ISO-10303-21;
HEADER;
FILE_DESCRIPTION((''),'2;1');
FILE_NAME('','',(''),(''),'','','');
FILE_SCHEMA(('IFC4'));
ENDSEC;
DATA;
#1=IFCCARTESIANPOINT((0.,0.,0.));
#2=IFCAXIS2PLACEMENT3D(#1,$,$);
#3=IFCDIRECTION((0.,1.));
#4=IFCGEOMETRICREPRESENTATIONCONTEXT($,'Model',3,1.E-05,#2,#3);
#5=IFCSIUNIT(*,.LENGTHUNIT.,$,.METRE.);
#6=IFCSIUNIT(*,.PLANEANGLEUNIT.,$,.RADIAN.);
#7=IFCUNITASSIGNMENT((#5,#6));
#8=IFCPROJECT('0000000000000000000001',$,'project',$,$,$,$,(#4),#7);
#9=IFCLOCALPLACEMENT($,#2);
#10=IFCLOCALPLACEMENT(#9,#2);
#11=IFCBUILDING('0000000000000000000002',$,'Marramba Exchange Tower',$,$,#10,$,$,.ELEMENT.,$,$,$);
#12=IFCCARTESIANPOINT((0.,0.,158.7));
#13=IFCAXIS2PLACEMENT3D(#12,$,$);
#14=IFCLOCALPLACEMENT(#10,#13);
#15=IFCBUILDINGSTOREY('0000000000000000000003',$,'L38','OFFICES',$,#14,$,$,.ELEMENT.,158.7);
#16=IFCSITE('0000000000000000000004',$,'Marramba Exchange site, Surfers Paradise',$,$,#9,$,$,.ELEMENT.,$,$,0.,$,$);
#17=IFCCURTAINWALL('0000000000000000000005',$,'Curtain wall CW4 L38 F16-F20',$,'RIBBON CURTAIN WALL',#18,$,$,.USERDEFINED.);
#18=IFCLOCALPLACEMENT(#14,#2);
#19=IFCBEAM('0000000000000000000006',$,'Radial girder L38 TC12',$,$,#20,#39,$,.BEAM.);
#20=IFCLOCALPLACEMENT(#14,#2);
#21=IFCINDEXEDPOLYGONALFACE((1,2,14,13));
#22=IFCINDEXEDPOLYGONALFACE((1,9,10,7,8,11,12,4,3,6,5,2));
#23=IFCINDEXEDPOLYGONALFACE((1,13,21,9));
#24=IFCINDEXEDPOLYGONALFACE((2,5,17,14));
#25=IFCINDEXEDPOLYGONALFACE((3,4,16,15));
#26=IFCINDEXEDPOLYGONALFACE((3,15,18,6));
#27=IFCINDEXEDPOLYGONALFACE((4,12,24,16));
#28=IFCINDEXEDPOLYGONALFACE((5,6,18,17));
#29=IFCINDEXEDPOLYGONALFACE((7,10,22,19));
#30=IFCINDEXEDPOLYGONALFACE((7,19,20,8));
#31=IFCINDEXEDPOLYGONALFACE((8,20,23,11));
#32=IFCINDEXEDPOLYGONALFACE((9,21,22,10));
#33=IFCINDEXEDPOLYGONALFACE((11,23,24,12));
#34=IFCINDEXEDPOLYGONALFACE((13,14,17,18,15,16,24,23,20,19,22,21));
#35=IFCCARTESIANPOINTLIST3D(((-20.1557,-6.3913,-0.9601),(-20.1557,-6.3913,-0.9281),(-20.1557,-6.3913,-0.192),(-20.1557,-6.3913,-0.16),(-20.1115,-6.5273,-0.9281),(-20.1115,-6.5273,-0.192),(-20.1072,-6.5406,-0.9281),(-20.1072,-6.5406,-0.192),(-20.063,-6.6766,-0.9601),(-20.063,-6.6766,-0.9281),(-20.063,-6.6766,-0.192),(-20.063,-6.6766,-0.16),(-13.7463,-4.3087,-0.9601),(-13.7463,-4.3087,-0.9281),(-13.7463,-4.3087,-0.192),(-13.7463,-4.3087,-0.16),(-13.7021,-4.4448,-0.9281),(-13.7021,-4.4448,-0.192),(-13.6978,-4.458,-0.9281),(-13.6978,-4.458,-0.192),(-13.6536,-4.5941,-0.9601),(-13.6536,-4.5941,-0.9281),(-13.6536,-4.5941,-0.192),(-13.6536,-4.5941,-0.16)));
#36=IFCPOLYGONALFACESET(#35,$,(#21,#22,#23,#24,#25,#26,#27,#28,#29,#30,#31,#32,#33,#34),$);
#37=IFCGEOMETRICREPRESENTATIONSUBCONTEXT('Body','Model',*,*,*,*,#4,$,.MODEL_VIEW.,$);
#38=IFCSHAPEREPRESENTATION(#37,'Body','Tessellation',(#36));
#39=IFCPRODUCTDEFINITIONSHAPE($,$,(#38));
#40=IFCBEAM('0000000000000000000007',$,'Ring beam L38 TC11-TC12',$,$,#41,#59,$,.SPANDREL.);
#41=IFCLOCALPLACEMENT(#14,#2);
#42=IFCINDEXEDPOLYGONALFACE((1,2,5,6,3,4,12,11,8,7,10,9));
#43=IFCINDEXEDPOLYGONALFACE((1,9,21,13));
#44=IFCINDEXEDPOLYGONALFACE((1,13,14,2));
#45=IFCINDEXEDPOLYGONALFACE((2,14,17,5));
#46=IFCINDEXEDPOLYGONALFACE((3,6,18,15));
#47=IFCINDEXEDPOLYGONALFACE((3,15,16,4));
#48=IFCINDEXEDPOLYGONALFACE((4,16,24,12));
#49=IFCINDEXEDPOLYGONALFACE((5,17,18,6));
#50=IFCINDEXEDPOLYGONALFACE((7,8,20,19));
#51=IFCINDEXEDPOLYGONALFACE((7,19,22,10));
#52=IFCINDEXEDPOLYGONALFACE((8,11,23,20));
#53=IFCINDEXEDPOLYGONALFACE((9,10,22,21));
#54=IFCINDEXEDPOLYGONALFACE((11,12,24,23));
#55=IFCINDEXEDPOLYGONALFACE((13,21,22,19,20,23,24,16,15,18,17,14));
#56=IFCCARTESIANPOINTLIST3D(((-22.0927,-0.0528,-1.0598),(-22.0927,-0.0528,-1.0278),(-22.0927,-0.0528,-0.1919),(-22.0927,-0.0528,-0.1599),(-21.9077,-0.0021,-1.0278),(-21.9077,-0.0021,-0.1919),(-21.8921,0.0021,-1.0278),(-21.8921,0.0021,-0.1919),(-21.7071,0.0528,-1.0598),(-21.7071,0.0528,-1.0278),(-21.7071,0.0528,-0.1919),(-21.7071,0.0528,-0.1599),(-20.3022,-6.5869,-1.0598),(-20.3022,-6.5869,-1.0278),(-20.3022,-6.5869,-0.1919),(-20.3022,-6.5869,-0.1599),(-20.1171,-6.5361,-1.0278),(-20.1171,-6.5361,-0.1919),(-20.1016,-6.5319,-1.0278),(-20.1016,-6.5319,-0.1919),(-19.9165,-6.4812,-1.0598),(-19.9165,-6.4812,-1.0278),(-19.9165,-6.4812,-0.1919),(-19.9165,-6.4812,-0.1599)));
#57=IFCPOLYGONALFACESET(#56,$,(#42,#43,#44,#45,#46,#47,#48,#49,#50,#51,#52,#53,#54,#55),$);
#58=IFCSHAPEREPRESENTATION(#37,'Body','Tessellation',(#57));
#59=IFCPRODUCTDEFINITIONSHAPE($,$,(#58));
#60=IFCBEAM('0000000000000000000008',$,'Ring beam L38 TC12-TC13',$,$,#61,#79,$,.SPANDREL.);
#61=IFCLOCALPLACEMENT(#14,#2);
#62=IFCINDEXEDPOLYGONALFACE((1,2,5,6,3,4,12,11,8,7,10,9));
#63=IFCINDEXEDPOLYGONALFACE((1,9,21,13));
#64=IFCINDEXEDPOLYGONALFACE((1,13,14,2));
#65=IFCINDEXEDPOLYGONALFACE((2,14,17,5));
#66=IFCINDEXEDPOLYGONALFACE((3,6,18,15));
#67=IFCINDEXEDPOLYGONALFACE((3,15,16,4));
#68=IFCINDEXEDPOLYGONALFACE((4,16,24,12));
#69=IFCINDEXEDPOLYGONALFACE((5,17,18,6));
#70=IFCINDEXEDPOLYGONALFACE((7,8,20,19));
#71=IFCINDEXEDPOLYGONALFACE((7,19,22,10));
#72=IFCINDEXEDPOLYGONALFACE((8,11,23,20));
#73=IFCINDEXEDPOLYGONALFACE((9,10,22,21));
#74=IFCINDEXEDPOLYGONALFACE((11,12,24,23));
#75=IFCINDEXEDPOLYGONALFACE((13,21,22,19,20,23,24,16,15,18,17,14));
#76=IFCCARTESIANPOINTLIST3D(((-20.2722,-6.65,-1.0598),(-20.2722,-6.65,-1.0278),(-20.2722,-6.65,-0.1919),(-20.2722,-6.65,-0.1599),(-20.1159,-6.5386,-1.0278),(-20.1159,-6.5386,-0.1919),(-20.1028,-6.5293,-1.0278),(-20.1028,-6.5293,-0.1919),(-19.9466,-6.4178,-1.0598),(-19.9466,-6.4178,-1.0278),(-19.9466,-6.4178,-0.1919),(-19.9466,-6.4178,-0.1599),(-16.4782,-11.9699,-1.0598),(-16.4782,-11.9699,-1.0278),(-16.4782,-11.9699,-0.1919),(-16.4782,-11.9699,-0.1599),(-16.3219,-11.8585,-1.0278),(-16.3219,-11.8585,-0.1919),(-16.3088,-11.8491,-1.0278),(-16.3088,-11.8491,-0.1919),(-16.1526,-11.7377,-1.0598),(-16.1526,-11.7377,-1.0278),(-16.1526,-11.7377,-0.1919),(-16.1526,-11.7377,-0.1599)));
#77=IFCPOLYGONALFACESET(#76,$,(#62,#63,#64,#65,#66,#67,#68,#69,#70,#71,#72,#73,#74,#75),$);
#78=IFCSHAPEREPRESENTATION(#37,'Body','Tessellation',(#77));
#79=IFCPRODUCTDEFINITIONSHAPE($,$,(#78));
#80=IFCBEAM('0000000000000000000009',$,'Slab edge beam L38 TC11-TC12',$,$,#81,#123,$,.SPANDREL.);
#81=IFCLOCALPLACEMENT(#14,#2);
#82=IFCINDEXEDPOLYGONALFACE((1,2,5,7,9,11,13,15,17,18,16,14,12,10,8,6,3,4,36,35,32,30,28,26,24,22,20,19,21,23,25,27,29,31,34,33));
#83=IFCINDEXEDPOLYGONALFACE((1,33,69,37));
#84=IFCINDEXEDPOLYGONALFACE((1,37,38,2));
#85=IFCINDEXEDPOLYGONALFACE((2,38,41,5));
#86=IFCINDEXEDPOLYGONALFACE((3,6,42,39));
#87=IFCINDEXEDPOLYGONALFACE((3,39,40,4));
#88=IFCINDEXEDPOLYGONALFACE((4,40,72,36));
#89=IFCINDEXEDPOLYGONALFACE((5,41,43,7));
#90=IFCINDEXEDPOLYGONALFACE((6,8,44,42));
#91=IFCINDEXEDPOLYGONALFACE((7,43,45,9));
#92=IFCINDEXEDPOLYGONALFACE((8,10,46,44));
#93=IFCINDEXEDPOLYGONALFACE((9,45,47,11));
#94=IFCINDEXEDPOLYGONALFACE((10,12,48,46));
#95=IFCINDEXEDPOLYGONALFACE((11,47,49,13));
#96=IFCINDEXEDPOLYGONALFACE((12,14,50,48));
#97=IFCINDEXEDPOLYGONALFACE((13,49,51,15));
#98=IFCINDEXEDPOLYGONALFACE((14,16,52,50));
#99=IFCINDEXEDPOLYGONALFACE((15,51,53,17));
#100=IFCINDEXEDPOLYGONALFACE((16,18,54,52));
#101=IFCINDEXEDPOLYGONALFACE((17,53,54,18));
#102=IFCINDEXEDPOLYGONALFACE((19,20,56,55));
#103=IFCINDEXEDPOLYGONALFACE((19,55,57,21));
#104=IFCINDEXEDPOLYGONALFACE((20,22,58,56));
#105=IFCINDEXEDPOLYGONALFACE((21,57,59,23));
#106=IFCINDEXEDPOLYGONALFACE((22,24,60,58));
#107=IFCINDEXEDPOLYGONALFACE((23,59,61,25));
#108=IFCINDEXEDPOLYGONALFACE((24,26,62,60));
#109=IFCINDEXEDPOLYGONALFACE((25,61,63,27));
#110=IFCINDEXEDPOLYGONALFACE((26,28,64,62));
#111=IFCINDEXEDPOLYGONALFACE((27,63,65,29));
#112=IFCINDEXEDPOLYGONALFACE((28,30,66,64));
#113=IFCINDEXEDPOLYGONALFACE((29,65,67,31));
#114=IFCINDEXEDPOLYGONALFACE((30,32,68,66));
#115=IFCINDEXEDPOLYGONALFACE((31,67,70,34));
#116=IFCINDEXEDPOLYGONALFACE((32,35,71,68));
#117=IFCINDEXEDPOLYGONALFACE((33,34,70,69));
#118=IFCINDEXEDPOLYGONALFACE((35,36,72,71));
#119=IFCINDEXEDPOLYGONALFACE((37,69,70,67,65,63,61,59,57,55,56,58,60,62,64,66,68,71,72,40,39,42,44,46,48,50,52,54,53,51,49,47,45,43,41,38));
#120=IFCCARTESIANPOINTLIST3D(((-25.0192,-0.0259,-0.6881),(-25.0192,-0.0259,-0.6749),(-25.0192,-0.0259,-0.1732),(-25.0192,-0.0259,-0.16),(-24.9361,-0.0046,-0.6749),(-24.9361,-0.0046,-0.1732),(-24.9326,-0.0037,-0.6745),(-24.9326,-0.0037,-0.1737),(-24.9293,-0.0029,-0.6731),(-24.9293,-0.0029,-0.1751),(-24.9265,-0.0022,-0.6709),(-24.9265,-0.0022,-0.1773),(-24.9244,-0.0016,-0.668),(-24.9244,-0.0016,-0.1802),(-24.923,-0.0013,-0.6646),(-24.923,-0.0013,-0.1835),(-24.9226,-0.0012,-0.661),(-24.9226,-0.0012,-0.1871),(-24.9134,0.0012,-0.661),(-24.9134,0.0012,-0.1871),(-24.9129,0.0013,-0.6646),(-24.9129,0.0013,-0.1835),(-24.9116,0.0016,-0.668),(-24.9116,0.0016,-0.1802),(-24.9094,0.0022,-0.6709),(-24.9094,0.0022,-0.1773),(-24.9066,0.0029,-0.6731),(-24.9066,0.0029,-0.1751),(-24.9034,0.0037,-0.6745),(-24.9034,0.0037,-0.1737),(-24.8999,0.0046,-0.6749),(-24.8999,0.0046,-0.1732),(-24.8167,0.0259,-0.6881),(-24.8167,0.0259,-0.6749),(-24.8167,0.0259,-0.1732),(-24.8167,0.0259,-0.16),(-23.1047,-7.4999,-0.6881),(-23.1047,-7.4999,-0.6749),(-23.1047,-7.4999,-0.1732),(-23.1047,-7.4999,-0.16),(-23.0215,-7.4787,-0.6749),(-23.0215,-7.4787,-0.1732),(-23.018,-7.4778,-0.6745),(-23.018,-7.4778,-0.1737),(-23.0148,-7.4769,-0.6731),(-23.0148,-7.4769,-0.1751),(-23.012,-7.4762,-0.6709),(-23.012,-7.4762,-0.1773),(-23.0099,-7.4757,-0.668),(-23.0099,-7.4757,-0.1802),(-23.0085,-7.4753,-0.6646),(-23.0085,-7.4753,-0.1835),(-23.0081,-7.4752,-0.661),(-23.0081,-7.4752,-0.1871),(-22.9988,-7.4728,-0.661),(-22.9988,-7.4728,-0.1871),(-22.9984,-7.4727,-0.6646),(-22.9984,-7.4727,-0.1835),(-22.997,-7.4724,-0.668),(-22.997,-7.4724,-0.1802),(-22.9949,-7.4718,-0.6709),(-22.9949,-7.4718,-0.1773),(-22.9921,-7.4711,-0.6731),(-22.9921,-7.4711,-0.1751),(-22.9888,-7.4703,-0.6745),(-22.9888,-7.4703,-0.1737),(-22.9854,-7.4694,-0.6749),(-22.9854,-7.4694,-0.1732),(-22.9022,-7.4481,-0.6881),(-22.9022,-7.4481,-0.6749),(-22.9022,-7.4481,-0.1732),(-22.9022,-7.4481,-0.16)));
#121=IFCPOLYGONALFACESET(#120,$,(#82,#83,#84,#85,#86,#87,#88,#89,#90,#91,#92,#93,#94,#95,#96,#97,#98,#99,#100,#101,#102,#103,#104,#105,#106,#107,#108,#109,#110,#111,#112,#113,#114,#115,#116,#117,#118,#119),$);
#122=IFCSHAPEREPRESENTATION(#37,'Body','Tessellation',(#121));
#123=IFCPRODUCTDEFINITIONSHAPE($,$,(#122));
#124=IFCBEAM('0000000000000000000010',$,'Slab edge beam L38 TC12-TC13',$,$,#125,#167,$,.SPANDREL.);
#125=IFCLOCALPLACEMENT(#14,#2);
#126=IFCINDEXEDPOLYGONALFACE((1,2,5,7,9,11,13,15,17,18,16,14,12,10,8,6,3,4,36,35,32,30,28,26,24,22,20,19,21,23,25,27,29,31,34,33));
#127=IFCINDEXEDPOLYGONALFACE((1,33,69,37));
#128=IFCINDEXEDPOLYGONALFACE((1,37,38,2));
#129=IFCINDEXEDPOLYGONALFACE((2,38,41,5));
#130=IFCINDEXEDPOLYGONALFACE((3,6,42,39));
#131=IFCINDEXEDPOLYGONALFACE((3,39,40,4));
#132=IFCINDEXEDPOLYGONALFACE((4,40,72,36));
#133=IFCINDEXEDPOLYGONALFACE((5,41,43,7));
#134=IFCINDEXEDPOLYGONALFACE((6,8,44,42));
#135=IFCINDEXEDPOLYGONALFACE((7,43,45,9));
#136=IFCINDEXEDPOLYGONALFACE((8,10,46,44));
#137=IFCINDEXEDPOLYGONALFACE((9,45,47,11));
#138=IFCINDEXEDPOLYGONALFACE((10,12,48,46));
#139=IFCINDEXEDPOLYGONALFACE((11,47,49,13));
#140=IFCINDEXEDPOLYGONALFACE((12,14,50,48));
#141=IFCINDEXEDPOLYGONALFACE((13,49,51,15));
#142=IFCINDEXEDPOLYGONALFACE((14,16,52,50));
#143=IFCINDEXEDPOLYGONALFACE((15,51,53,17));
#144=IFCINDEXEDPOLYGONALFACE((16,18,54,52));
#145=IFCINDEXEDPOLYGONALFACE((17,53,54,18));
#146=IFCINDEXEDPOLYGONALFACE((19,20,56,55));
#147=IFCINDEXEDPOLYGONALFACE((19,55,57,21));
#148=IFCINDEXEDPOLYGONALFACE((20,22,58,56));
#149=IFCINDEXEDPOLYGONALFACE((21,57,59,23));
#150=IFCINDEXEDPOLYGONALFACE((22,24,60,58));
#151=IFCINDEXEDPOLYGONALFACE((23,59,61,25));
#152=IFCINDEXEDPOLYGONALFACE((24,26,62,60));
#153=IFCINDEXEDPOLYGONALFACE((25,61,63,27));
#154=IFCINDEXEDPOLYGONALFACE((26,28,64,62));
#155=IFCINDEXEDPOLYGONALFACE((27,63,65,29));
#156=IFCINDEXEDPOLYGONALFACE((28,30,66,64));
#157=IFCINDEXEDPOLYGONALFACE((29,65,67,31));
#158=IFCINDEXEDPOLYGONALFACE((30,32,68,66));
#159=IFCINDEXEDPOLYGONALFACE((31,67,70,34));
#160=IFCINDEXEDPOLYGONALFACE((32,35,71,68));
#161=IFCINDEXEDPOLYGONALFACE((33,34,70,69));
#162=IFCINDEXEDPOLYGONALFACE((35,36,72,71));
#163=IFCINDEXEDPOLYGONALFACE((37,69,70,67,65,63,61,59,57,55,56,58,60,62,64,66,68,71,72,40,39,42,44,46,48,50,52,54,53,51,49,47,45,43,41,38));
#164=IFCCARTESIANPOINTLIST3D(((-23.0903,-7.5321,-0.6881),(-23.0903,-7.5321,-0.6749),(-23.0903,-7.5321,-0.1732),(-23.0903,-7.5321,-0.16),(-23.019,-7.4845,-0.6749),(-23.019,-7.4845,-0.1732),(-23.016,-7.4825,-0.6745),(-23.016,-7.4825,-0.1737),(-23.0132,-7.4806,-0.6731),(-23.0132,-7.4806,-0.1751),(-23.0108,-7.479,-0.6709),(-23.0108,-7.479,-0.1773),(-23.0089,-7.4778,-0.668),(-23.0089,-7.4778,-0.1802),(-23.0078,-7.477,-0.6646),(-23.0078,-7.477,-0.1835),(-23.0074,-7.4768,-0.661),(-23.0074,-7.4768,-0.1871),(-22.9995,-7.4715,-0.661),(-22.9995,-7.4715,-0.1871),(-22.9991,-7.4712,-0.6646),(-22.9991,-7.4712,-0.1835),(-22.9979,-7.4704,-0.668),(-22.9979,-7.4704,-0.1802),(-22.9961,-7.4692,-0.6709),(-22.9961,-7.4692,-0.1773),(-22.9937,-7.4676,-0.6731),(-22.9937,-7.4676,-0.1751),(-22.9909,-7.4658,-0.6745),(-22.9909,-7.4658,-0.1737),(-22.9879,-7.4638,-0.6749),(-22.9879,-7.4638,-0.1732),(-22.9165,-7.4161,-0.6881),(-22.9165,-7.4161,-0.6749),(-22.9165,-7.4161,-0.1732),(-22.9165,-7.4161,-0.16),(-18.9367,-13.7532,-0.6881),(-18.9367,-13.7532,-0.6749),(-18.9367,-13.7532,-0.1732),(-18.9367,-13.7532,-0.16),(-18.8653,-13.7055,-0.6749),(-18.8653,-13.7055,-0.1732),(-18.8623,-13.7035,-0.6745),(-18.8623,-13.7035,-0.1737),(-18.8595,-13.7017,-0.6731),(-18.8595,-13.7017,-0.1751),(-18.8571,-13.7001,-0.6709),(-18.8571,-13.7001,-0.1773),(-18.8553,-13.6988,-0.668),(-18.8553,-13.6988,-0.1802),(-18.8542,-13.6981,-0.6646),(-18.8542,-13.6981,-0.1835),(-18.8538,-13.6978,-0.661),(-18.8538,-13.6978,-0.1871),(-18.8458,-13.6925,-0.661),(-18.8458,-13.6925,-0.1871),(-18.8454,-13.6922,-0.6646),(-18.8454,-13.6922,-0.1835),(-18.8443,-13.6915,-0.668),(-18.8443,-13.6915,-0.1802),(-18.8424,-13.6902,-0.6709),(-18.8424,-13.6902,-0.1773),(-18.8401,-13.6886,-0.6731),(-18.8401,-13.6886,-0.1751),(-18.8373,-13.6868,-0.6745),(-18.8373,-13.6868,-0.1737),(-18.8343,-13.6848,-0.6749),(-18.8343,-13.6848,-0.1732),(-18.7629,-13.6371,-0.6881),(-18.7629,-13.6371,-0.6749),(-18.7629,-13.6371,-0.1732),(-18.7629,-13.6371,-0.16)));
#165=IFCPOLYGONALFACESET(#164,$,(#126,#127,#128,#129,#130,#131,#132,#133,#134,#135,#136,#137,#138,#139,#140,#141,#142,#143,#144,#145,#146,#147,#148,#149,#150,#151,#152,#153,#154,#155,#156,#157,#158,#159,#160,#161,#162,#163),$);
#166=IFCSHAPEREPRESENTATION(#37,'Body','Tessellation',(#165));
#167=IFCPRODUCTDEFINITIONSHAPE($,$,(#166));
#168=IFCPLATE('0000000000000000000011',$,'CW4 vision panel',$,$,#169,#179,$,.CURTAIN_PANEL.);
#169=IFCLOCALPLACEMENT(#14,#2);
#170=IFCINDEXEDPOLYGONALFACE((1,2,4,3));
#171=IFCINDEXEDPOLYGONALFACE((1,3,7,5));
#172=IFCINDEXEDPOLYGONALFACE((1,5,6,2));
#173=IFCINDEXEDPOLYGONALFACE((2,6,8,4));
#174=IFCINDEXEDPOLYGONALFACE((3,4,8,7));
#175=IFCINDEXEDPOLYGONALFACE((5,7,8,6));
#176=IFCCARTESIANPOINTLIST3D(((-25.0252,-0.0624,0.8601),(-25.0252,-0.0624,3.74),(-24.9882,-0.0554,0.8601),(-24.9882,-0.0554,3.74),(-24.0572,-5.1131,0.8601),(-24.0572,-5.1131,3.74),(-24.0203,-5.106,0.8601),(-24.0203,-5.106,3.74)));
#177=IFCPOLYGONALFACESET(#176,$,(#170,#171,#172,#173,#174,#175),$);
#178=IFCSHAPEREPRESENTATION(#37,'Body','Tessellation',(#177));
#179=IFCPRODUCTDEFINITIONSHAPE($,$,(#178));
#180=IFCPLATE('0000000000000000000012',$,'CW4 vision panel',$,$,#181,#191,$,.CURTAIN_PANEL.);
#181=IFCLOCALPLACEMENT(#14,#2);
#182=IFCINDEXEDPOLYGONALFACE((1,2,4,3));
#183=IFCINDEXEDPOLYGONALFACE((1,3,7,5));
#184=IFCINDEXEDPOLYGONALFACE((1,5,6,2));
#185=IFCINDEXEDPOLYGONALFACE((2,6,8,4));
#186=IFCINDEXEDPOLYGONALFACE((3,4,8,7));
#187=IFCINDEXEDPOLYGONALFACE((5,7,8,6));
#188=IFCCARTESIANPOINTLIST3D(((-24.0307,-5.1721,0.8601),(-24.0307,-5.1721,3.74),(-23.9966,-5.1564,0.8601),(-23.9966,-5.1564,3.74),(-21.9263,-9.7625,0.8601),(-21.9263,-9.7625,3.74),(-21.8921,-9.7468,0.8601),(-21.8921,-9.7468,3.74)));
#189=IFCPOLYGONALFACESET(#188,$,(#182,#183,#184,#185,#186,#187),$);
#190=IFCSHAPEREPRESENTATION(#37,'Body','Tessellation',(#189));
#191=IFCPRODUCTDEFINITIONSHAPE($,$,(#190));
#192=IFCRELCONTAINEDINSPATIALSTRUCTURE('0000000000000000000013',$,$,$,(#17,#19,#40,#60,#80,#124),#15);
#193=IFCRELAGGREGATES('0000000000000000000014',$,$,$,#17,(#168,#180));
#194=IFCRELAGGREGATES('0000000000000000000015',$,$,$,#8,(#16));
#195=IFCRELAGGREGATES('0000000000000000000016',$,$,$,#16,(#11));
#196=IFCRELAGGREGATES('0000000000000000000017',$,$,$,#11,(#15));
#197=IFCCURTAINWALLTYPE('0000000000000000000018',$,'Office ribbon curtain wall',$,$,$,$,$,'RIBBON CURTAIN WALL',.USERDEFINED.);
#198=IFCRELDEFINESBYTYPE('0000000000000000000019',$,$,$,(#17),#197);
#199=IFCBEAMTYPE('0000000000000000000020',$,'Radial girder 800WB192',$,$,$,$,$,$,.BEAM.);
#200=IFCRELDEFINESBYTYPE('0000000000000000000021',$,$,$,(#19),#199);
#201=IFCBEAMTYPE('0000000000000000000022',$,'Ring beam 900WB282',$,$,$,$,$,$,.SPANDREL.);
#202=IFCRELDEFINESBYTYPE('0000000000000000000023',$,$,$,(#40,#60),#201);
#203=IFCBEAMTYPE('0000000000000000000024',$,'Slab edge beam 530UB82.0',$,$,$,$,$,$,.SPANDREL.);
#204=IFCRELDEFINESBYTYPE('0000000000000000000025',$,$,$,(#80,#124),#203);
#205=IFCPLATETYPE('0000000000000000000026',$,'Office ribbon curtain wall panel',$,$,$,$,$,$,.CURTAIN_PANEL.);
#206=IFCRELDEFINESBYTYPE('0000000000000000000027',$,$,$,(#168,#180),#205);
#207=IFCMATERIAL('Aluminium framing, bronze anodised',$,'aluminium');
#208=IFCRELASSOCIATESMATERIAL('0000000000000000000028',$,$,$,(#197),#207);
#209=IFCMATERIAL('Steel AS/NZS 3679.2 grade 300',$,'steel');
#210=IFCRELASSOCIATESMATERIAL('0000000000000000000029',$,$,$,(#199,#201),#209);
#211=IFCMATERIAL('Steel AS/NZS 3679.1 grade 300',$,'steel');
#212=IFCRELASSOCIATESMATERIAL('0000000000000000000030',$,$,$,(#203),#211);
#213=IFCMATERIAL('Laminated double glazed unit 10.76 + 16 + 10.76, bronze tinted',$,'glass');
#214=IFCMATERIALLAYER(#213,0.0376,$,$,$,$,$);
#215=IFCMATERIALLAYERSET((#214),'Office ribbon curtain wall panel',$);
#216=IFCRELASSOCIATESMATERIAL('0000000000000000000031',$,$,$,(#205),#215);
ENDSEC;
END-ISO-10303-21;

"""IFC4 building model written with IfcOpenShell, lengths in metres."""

from ifc_helpers import new_model, si_unit, direction, frame, origin, origin_2d, place, context, subcontext, project, spatial, rectangle, i_section, extrude, material, layer, layer_set, material_profile, profile_set, type_object, element, aggregate, save


model = new_model("IFC4")

# Units and contexts
model_context = context("Model", 3, precision=1e-05, world=origin(), true_north=direction((0.0, 1.0)))
body_context = subcontext(model_context, "Body", "Model", "MODEL_VIEW")
ifc_project = project(units=[si_unit("LENGTHUNIT", "METRE"), si_unit("PLANEANGLEUNIT", "RADIAN")], contexts=[model_context])

# Site, building, storey
site_placement = place(None, origin())
site = spatial("IfcSite", under=ifc_project, at=site_placement, Name="Marramba Exchange site, Surfers Paradise", CompositionType="ELEMENT", RefElevation=0.0)
building_placement = place(site_placement, origin())
building = spatial("IfcBuilding", under=site, at=building_placement, Name="Marramba Exchange Tower", CompositionType="ELEMENT")
storey_placement = place(building_placement, frame((0.0, 0.0, 158.7)))
storey = spatial("IfcBuildingStorey", under=building, at=storey_placement, Name="L38", Description="OFFICES", CompositionType="ELEMENT", Elevation=158.7)

# Shared definitions
ifc_material_1 = material(Name="Steel AS/NZS 3679.2 grade 300", Category="steel")
ifc_material_2 = material(Name="Steel AS/NZS 3679.1 grade 300", Category="steel")

# Curtain wall
ifc_material_3 = material(Name="Aluminium framing, bronze anodised", Category="aluminium")
curtain_wall_type = type_object("IfcCurtainWallType", Name="Office ribbon curtain wall", ElementType="RIBBON CURTAIN WALL", PredefinedType="USERDEFINED", material=ifc_material_3)
curtain_wall_placement = place(storey_placement, origin())
curtain_wall = element("IfcCurtainWall", 1, at=curtain_wall_placement, inside=storey, type_object=curtain_wall_type, Name="Curtain wall CW4 L38 F16-F20", ObjectType="RIBBON CURTAIN WALL", PredefinedType="USERDEFINED")

# Beams
ifc_material_profile_1 = material_profile(ifc_material_1, i_section(OverallWidth=0.3, OverallDepth=0.8, WebThickness=0.0139, FlangeThickness=0.032, at=origin_2d()), Name="800WB192")
ifc_profile_set_1 = profile_set([ifc_material_profile_1], Name="Steel AS/NZS 3679.2 grade 300")
beam_type_1 = type_object("IfcBeamType", Name="Radial girder 800WB192", PredefinedType="BEAM", material=ifc_profile_set_1)
beam_1_placement = place(storey_placement, frame((-13.7, -4.4514, -0.5601), z_axis=(-0.951058, -0.309013, 0.0), x_axis=(0.309013, -0.951058, 0.0)))
element("IfcBeam", 2, at=beam_1_placement, inside=storey, type_object=beam_type_1, Name="Radial girder L38 TC12", PredefinedType="BEAM", context=body_context, shape_type="SweptSolid", body=[
    extrude(i_section(OverallWidth=0.3, OverallDepth=0.8, WebThickness=0.0139, FlangeThickness=0.032, at=origin_2d()), origin(), (0.0, 0.0, 1.0), 6.7393),
])
ifc_material_profile_2 = material_profile(ifc_material_1, i_section(OverallWidth=0.3999, OverallDepth=0.8999, WebThickness=0.0161, FlangeThickness=0.032, at=origin_2d()), Name="900WB282")
ifc_profile_set_2 = profile_set([ifc_material_profile_2], Name="Steel AS/NZS 3679.2 grade 300")
beam_type_2 = type_object("IfcBeamType", Name="Ring beam 900WB282", PredefinedType="SPANDREL", material=ifc_profile_set_2)
beam_2_placement = place(storey_placement, frame((-21.8999, 0.0, -0.6099), z_axis=(0.264291, -0.964443, 0.0), x_axis=(0.964443, 0.264291, 0.0)))
element("IfcBeam", 3, at=beam_2_placement, inside=storey, type_object=beam_type_2, Name="Ring beam L38 TC11-TC12", PredefinedType="SPANDREL", context=body_context, shape_type="SweptSolid", body=[
    extrude(i_section(OverallWidth=0.3999, OverallDepth=0.8999, WebThickness=0.0161, FlangeThickness=0.032, at=origin_2d()), origin(), (0.0, 0.0, 1.0), 6.7749),
])
beam_3_placement = place(storey_placement, frame((-20.1094, -6.5339, -0.6099), z_axis=(0.580637, -0.814162, 0.0), x_axis=(0.814162, 0.580637, 0.0)))
element("IfcBeam", 4, at=beam_3_placement, inside=storey, type_object=beam_type_2, Name="Ring beam L38 TC12-TC13", PredefinedType="SPANDREL", context=body_context, shape_type="SweptSolid", body=[
    extrude(i_section(OverallWidth=0.3999, OverallDepth=0.8999, WebThickness=0.0161, FlangeThickness=0.032, at=origin_2d()), origin(), (0.0, 0.0, 1.0), 6.5342),
])
ifc_material_profile_3 = material_profile(ifc_material_2, i_section(OverallWidth=0.209, OverallDepth=0.5281, WebThickness=0.0095, FlangeThickness=0.0132, FilletRadius=0.0139, at=origin_2d()), Name="530UB82.0")
ifc_profile_set_3 = profile_set([ifc_material_profile_3], Name="Steel AS/NZS 3679.1 grade 300")
beam_type_3 = type_object("IfcBeamType", Name="Slab edge beam 530UB82.0", PredefinedType="SPANDREL", material=ifc_profile_set_3)
beam_4_placement = place(storey_placement, frame((-24.918, 0.0, -0.4241), z_axis=(0.248145, -0.968723, 0.0), x_axis=(0.968723, 0.248145, 0.0)))
element("IfcBeam", 5, at=beam_4_placement, inside=storey, type_object=beam_type_3, Name="Slab edge beam L38 TC11-TC12", PredefinedType="SPANDREL", context=body_context, shape_type="SweptSolid", body=[
    extrude(i_section(OverallWidth=0.209, OverallDepth=0.5281, WebThickness=0.0095, FlangeThickness=0.0132, FilletRadius=0.0139, at=origin_2d()), origin(), (0.0, 0.0, 1.0), 7.7153),
])
beam_5_placement = place(storey_placement, frame((-23.0034, -7.4741, -0.4241), z_axis=(0.55528, -0.831663, 0.0), x_axis=(0.831663, 0.55528, 0.0)))
element("IfcBeam", 6, at=beam_5_placement, inside=storey, type_object=beam_type_3, Name="Slab edge beam L38 TC12-TC13", PredefinedType="SPANDREL", context=body_context, shape_type="SweptSolid", body=[
    extrude(i_section(OverallWidth=0.209, OverallDepth=0.5281, WebThickness=0.0095, FlangeThickness=0.0132, FilletRadius=0.0139, at=origin_2d()), origin(), (0.0, 0.0, 1.0), 7.4802),
])

# Plates
ifc_material_4 = material(Name="Laminated double glazed unit 10.76 + 16 + 10.76, bronze tinted", Category="glass")
ifc_layer_1 = layer(ifc_material_4, 0.0376)
ifc_layer_set_1 = layer_set([ifc_layer_1], Name="Office ribbon curtain wall panel")
plate_type = type_object("IfcPlateType", Name="Office ribbon curtain wall panel", PredefinedType="CURTAIN_PANEL", material=ifc_layer_set_1)
plate_1_placement = place(storey_placement, frame((-24.5227, -2.5842, 0.8601), z_axis=(0.0, 0.0, 1.0), x_axis=(0.188227, -0.982126, 0.0)))
plate_1 = element("IfcPlate", 7, at=plate_1_placement, type_object=plate_type, Name="CW4 vision panel", PredefinedType="CURTAIN_PANEL", context=body_context, shape_type="SweptSolid", body=[
    extrude(rectangle(XDim=5.1426, YDim=0.0376, at=origin_2d()), origin(), (0.0, 0.0, 1.0), 2.8799),
])
plate_2_placement = place(storey_placement, frame((-22.9614, -7.4595, 0.8601), z_axis=(0.0, 0.0, 1.0), x_axis=(0.416738, -0.909027, 0.0)))
plate_2 = element("IfcPlate", 8, at=plate_2_placement, type_object=plate_type, Name="CW4 vision panel", PredefinedType="CURTAIN_PANEL", context=body_context, shape_type="SweptSolid", body=[
    extrude(rectangle(XDim=5.0498, YDim=0.0376, at=origin_2d()), origin(), (0.0, 0.0, 1.0), 2.8799),
])
aggregate(curtain_wall, [plate_1, plate_2])

save(model, "model.ifc")
